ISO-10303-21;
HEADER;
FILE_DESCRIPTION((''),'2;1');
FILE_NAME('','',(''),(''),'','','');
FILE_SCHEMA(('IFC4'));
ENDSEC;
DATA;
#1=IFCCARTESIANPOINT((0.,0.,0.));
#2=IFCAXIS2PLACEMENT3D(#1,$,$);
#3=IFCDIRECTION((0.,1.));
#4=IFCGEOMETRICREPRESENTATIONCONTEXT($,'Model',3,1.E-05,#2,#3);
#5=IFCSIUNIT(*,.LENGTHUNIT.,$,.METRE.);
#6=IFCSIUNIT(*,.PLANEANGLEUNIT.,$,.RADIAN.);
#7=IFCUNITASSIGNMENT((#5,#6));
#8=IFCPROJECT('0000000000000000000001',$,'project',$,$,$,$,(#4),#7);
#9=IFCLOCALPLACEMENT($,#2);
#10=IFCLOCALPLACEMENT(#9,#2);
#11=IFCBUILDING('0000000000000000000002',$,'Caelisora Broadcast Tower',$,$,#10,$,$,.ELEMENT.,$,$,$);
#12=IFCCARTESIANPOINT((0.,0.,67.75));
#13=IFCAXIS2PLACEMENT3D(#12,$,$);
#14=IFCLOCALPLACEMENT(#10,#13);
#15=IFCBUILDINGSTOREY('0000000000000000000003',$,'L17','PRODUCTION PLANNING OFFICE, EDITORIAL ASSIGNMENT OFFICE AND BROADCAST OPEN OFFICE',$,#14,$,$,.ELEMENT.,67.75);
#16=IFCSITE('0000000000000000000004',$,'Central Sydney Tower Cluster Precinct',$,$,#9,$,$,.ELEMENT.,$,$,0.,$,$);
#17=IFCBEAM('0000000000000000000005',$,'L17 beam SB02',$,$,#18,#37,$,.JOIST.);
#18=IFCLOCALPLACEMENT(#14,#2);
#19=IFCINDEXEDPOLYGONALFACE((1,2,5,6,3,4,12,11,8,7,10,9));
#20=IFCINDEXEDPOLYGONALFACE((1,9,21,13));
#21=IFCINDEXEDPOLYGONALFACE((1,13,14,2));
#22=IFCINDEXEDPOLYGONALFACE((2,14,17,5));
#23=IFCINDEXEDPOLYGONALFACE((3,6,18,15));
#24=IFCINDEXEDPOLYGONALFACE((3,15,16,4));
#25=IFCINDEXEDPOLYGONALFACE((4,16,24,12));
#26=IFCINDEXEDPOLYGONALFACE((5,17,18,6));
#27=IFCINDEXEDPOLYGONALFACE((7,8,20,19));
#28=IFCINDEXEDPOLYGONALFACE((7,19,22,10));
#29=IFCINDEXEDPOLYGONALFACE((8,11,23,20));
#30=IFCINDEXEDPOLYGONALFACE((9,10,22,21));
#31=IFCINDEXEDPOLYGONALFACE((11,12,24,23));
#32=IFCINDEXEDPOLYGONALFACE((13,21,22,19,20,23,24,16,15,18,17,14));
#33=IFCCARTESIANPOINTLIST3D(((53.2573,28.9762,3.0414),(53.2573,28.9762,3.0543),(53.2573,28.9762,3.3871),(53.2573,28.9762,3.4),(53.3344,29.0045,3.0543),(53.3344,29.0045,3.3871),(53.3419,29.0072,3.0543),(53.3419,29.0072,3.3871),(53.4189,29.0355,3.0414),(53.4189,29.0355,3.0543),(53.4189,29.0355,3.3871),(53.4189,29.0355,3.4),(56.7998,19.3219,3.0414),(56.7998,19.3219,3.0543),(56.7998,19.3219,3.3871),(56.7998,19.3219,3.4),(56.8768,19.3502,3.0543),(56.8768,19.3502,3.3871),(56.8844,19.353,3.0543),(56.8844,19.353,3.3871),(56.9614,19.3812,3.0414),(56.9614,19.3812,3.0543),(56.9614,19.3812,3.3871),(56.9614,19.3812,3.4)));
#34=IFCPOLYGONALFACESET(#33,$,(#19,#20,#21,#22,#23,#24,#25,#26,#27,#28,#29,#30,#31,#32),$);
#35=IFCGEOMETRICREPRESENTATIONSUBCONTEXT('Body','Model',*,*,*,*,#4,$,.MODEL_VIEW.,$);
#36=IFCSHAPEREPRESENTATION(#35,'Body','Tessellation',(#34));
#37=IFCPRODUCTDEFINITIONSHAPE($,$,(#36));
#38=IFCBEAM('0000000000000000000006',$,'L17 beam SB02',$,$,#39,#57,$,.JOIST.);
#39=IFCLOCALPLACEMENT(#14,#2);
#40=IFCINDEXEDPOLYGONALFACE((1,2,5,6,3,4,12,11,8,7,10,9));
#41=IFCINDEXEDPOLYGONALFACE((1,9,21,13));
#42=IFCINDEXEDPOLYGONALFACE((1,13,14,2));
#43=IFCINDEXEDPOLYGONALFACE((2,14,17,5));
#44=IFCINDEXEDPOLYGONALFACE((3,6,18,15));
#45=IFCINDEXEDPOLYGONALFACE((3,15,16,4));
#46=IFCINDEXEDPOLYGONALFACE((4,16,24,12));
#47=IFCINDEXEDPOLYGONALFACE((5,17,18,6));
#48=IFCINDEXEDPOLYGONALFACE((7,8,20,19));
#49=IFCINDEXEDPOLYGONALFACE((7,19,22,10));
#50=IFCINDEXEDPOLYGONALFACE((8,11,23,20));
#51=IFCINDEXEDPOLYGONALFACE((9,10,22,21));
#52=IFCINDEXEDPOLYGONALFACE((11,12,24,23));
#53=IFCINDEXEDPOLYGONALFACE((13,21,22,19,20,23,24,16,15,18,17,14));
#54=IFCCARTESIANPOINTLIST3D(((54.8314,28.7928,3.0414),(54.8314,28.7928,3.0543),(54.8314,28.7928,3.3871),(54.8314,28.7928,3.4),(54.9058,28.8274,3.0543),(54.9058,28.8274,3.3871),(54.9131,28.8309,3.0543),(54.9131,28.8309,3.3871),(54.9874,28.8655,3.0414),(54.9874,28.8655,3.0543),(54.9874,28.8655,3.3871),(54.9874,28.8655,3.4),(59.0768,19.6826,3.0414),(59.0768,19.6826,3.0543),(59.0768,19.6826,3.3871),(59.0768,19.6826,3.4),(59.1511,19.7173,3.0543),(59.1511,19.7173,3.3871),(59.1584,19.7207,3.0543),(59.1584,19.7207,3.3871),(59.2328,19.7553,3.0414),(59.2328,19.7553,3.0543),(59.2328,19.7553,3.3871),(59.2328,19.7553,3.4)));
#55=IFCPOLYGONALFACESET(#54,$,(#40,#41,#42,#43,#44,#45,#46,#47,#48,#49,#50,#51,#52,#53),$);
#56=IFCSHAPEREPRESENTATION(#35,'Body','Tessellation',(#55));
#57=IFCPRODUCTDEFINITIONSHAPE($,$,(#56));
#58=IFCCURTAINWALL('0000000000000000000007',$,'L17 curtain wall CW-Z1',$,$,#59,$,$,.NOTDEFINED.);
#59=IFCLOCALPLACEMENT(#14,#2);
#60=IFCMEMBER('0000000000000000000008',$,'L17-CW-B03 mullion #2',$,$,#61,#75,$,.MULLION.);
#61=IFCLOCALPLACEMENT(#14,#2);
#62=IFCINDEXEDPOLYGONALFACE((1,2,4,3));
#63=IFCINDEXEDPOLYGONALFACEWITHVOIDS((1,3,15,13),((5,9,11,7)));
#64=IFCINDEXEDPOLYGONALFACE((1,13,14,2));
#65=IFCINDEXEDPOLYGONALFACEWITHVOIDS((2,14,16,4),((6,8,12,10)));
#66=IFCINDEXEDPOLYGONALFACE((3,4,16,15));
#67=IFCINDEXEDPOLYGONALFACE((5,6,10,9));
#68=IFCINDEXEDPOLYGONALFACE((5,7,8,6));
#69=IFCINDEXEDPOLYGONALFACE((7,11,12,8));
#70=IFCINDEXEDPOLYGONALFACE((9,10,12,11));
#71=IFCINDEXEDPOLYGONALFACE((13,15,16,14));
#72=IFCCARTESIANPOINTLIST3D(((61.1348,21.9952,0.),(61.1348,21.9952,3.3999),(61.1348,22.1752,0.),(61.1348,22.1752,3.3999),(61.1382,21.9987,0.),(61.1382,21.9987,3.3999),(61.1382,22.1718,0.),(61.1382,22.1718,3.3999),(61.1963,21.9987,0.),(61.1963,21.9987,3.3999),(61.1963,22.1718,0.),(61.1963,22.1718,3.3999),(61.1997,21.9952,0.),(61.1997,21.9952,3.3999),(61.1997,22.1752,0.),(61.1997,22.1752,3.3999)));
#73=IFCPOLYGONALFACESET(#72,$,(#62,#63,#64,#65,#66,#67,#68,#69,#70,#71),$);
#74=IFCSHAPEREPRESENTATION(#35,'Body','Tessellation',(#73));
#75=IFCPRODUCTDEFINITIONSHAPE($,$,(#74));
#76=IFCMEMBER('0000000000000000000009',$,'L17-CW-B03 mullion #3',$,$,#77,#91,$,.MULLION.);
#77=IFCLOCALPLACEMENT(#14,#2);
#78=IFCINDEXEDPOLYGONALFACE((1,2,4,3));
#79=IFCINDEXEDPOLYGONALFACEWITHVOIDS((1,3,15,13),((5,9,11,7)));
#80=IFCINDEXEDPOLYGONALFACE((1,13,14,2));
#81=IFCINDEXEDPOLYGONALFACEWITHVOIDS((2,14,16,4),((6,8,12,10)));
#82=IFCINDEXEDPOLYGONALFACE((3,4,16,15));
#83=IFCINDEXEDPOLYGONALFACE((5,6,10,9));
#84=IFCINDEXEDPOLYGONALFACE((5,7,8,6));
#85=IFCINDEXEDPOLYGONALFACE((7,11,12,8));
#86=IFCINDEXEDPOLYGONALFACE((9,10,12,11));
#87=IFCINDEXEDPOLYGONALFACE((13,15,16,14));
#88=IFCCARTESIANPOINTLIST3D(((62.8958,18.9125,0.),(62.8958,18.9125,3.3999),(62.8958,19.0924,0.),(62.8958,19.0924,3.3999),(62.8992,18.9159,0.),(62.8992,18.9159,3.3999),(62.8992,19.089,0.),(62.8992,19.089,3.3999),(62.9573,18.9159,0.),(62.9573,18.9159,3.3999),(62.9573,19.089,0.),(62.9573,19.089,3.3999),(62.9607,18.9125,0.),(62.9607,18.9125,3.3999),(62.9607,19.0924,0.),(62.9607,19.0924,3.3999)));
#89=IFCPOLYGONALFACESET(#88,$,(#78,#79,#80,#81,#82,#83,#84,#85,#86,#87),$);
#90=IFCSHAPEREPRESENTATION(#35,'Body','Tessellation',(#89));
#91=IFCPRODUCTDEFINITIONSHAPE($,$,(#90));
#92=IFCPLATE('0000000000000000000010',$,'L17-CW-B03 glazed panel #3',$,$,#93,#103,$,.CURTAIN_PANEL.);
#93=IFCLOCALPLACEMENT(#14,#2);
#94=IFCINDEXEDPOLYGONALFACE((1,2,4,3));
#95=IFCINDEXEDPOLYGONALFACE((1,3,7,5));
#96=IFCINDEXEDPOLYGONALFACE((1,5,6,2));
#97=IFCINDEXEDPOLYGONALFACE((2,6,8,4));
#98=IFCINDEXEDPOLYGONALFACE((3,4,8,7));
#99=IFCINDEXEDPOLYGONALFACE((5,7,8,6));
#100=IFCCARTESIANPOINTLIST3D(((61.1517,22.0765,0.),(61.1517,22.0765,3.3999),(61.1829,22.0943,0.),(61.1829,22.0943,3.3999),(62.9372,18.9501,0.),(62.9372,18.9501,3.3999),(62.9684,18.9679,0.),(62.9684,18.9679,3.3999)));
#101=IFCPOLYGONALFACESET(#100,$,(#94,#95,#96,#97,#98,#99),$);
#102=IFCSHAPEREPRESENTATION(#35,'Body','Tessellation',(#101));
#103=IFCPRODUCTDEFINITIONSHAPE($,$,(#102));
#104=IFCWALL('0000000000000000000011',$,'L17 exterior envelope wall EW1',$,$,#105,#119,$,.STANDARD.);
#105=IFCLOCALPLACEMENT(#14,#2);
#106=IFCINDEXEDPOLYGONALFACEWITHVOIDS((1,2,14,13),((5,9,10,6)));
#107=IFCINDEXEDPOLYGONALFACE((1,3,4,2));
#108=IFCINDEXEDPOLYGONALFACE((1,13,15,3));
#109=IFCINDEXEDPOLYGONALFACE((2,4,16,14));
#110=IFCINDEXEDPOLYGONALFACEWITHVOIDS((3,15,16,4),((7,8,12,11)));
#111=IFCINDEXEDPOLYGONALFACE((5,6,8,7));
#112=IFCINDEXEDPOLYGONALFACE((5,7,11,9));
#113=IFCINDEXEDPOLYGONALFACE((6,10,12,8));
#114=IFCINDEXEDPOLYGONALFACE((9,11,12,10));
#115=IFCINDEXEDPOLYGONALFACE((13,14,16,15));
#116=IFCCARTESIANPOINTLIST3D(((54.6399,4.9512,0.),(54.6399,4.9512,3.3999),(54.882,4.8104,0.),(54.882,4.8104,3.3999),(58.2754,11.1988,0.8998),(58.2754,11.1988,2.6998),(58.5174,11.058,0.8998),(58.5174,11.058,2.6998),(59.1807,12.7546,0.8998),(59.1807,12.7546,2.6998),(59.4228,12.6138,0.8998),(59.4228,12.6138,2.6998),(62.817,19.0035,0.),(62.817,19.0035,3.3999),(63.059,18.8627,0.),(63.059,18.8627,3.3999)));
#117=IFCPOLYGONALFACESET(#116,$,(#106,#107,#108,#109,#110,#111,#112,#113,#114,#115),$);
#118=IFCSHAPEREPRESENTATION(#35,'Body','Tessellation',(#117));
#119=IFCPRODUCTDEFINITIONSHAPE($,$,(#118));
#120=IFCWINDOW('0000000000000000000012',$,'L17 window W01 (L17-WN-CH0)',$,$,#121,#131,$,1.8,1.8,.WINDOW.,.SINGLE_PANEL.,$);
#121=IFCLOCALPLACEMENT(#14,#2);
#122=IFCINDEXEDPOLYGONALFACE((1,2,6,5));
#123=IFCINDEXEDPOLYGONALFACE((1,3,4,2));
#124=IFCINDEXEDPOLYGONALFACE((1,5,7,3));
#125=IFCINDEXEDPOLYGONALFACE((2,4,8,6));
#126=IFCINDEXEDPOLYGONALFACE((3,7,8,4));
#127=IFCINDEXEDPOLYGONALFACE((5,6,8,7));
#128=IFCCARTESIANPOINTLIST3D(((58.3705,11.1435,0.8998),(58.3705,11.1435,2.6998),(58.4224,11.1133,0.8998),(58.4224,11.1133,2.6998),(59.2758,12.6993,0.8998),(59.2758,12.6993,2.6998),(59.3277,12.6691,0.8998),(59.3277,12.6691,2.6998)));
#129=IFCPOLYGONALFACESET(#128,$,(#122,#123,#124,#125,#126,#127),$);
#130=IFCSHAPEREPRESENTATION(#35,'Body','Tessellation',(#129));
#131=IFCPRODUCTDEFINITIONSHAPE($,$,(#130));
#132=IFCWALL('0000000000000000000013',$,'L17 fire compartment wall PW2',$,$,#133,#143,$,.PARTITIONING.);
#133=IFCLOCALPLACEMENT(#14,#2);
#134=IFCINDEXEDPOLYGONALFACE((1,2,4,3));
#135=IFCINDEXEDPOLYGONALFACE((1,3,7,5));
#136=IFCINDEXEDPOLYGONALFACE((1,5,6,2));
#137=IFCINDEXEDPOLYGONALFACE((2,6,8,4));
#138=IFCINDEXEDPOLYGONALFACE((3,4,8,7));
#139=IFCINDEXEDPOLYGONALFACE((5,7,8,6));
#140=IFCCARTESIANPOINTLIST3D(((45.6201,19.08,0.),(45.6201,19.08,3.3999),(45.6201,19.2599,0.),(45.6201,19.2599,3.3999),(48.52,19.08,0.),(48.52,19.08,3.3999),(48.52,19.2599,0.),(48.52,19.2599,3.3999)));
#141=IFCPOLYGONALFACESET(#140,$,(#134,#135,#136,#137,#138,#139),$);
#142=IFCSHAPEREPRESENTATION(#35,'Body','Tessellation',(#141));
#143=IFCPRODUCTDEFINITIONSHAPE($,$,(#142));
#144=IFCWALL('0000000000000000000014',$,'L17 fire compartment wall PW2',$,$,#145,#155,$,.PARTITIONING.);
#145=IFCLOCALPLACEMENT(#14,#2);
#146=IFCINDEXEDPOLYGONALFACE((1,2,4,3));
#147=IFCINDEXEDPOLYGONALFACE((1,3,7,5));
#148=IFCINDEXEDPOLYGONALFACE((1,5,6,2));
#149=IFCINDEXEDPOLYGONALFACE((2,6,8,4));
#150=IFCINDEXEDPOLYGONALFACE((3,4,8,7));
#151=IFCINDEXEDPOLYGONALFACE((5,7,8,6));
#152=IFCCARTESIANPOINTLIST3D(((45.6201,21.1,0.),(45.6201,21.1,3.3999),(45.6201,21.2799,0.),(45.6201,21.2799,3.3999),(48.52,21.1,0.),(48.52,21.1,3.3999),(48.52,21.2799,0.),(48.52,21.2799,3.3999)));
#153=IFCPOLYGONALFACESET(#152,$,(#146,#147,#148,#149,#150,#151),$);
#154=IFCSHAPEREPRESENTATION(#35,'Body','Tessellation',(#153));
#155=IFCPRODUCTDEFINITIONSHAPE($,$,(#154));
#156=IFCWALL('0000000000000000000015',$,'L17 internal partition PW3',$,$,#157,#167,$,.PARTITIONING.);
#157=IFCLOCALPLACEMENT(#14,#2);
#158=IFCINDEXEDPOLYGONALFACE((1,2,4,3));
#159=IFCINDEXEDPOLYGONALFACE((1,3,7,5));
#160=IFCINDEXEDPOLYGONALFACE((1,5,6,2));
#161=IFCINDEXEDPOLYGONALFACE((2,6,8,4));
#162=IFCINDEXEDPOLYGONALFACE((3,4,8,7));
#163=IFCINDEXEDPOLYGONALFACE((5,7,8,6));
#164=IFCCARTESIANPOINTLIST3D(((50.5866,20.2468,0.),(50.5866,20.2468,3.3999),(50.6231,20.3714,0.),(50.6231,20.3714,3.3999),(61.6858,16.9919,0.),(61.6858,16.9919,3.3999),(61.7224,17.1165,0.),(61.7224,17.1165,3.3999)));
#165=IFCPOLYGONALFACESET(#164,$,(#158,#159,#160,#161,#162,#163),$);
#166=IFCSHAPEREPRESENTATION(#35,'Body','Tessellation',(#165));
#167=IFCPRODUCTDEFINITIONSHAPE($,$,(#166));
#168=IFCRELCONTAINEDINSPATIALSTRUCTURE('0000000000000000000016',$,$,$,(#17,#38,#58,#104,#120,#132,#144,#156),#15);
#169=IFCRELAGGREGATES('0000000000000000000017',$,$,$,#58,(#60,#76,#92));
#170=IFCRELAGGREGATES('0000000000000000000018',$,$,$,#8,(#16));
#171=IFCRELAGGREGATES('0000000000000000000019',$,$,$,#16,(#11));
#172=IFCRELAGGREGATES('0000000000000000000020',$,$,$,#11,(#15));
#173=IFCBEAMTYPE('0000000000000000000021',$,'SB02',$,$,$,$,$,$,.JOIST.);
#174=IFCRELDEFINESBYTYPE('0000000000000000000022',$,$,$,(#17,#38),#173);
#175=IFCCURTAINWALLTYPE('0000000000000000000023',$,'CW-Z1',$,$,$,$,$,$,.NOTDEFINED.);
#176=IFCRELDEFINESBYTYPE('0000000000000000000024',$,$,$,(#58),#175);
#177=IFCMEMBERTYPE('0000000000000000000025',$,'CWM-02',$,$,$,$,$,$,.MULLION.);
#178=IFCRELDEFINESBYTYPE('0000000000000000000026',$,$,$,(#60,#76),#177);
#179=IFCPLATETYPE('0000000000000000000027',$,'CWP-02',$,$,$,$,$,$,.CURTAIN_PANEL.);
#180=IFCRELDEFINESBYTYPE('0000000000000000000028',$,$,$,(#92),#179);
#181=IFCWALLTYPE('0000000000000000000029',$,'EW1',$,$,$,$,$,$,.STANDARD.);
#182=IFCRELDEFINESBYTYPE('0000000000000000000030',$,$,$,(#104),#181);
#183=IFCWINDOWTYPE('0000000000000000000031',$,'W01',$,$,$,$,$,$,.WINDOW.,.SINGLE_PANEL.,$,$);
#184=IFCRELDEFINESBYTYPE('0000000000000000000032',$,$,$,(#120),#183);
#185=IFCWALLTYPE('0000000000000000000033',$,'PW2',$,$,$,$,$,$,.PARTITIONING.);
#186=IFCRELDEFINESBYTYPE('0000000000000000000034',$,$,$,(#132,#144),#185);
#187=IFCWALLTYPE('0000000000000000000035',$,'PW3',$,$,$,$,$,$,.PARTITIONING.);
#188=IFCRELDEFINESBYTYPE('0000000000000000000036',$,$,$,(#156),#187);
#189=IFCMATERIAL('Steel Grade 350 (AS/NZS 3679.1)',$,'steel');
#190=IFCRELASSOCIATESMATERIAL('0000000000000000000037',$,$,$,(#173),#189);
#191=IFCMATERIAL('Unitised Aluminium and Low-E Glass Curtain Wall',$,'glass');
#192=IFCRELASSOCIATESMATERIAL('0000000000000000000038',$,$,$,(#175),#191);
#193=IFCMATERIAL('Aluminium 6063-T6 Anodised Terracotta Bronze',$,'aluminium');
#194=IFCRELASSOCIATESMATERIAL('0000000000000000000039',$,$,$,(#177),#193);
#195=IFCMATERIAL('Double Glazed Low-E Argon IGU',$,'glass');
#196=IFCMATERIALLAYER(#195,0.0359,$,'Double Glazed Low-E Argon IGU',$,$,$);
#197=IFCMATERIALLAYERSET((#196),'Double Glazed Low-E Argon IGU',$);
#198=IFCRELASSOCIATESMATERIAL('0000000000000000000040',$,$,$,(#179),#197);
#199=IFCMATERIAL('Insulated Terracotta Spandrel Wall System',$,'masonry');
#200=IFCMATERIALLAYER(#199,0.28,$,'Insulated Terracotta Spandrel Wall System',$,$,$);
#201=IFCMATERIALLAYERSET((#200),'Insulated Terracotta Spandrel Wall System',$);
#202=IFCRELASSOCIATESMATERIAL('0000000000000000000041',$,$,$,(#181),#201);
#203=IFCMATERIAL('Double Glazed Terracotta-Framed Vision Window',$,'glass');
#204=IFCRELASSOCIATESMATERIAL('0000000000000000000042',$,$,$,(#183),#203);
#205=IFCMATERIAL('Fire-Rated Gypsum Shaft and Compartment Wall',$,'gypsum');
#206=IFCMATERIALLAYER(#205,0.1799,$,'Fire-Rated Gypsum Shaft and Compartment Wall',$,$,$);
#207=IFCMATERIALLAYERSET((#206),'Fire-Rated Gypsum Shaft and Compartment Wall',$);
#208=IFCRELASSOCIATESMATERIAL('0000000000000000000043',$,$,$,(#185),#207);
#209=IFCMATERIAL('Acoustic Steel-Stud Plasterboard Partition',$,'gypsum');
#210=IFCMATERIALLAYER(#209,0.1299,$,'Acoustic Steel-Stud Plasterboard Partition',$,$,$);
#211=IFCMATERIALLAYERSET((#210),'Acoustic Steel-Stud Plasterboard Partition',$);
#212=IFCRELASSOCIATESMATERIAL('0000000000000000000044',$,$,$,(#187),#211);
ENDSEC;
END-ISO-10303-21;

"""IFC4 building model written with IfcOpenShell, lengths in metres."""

from ifc_helpers import new_model, si_unit, direction, frame, frame_2d, origin, origin_2d, place, context, subcontext, project, spatial, rectangle, hollow_rectangle, i_section, extrude, source, transform, mapped, material, layer, layer_set, material_profile, profile_set, type_object, type_shapes, element, fill, aggregate, save


model = new_model("IFC4")

# Units and contexts
model_context = context("Model", 3, precision=1e-05, world=origin(), true_north=direction((0.0, 1.0)))
body_context = subcontext(model_context, "Body", "Model", "MODEL_VIEW")
ifc_project = project(units=[si_unit("LENGTHUNIT", "METRE"), si_unit("PLANEANGLEUNIT", "RADIAN")], contexts=[model_context])

# Site, building, storey
site_placement = place(None, origin())
site = spatial("IfcSite", under=ifc_project, at=site_placement, Name="Central Sydney Tower Cluster Precinct", CompositionType="ELEMENT", RefElevation=0.0)
building_placement = place(site_placement, origin())
building = spatial("IfcBuilding", under=site, at=building_placement, Name="Caelisora Broadcast Tower", CompositionType="ELEMENT")
storey_placement = place(building_placement, frame((0.0, 0.0, 67.75)))
storey = spatial("IfcBuildingStorey", under=building, at=storey_placement, Name="L17", Description="PRODUCTION PLANNING OFFICE, EDITORIAL ASSIGNMENT OFFICE AND BROADCAST OPEN OFFICE", CompositionType="ELEMENT", Elevation=67.75)

# Beams
ifc_material_1 = material(Name="Steel Grade 350 (AS/NZS 3679.1)", Category="steel")
ifc_material_profile_1 = material_profile(ifc_material_1, i_section(OverallWidth=0.1721, OverallDepth=0.3586, WebThickness=0.0081, FlangeThickness=0.0129, at=origin_2d()), Name="Steel Grade 350 (AS/NZS 3679.1)")
ifc_profile_set_1 = profile_set([ifc_material_profile_1], Name="Steel Grade 350 (AS/NZS 3679.1)")
beam_type_1 = type_object("IfcBeamType", Name="SB02", PredefinedType="JOIST", material=ifc_profile_set_1)
shared_shape_1 = source(origin(), body_context, "Body", "SweptSolid", [
    extrude(i_section(OverallWidth=0.1721, OverallDepth=0.3586, WebThickness=0.0081, FlangeThickness=0.0129, at=origin_2d()), origin(), (0.0, 0.0, 1.0), 10.2837),
])
beam_1_placement = place(storey_placement, frame((56.8806, 19.3516, 3.2207), z_axis=(-0.344475, 0.938795, 0.0), x_axis=(-0.938795, -0.344475, 0.0)))
element("IfcBeam", 1, at=beam_1_placement, inside=storey, type_object=beam_type_1, Name="L17 beam SB02", PredefinedType="JOIST", context=body_context, shape_type="MappedRepresentation", body=[
    mapped(shared_shape_1, transform((0.0, 0.0, 0.0), scale=1.0)),
])
shared_shape_2 = source(origin(), body_context, "Body", "SweptSolid", [
    extrude(i_section(OverallWidth=0.1721, OverallDepth=0.3586, WebThickness=0.0081, FlangeThickness=0.0129, at=origin_2d()), origin(), (0.0, 0.0, 1.0), 10.0508),
])
beam_2_placement = place(storey_placement, frame((59.1548, 19.719, 3.2207), z_axis=(-0.422393, 0.906413, 0.0), x_axis=(-0.906413, -0.422393, 0.0)))
element("IfcBeam", 2, at=beam_2_placement, inside=storey, type_object=beam_type_1, Name="L17 beam SB02", PredefinedType="JOIST", context=body_context, shape_type="MappedRepresentation", body=[
    mapped(shared_shape_2, transform((0.0, 0.0, 0.0), scale=1.0)),
])

# Curtain wall, members, plate
ifc_material_2 = material(Name="Unitised Aluminium and Low-E Glass Curtain Wall", Category="glass")
curtain_wall_type = type_object("IfcCurtainWallType", Name="CW-Z1", PredefinedType="NOTDEFINED", material=ifc_material_2)
curtain_wall_placement = place(storey_placement, origin())
curtain_wall = element("IfcCurtainWall", 3, at=curtain_wall_placement, inside=storey, type_object=curtain_wall_type, Name="L17 curtain wall CW-Z1", PredefinedType="NOTDEFINED")
ifc_material_3 = material(Name="Aluminium 6063-T6 Anodised Terracotta Bronze", Category="aluminium")
ifc_material_profile_2 = material_profile(ifc_material_3, hollow_rectangle(XDim=0.0649, YDim=0.1799, WallThickness=0.0034, at=origin_2d()), Name="Aluminium 6063-T6 Anodised Terracotta Bronze")
ifc_profile_set_2 = profile_set([ifc_material_profile_2], Name="Aluminium 6063-T6 Anodised Terracotta Bronze")
member_type = type_object("IfcMemberType", Name="CWM-02", PredefinedType="MULLION", material=ifc_profile_set_2)
shared_shape_3 = source(origin(), body_context, "Body", "SweptSolid", [
    extrude(hollow_rectangle(XDim=0.0649, YDim=0.1799, WallThickness=0.0034, at=origin_2d()), origin(), (0.0, 0.0, 1.0), 3.3999),
])
type_shapes(member_type, [shared_shape_3])
member_1_placement = place(storey_placement, frame((61.1672, 22.0852, 0.0), z_axis=(0.0, 0.0, 1.0), x_axis=(1.0, 0.0, 0.0)))
member_1 = element("IfcMember", 4, at=member_1_placement, type_object=member_type, Name="L17-CW-B03 mullion #2", PredefinedType="MULLION", context=body_context, shape_type="MappedRepresentation", body=[
    mapped(shared_shape_3, transform((0.0, 0.0, 0.0), scale=1.0)),
])
member_2_placement = place(storey_placement, frame((62.9282, 19.0024, 0.0), z_axis=(0.0, 0.0, 1.0), x_axis=(1.0, 0.0, 0.0)))
member_2 = element("IfcMember", 5, at=member_2_placement, type_object=member_type, Name="L17-CW-B03 mullion #3", PredefinedType="MULLION", context=body_context, shape_type="MappedRepresentation", body=[
    mapped(shared_shape_3, transform((0.0, 0.0, 0.0), scale=1.0)),
])
ifc_material_4 = material(Name="Double Glazed Low-E Argon IGU", Category="glass")
ifc_layer_1 = layer(ifc_material_4, 0.0359, Name="Double Glazed Low-E Argon IGU")
ifc_layer_set_1 = layer_set([ifc_layer_1], Name="Double Glazed Low-E Argon IGU")
plate_type = type_object("IfcPlateType", Name="CWP-02", PredefinedType="CURTAIN_PANEL", material=ifc_layer_set_1)
shared_shape_4 = source(origin(), body_context, "Body", "SweptSolid", [
    extrude(rectangle(XDim=3.6003, YDim=0.0359, at=origin_2d()), origin(), (0.0, 0.0, 1.0), 3.3999),
])
type_shapes(plate_type, [shared_shape_4])
plate_placement = place(storey_placement, frame((62.0601, 20.5222, 0.0), z_axis=(0.0, 0.0, 1.0), x_axis=(0.495913, -0.868372, 0.0)))
plate = element("IfcPlate", 6, at=plate_placement, type_object=plate_type, Name="L17-CW-B03 glazed panel #3", PredefinedType="CURTAIN_PANEL", context=body_context, shape_type="MappedRepresentation", body=[
    mapped(shared_shape_4, transform((0.0, 0.0, 0.0), scale=1.0)),
])
aggregate(curtain_wall, [member_1, member_2, plate])

# Wall, opening, window
ifc_material_5 = material(Name="Insulated Terracotta Spandrel Wall System", Category="masonry")
ifc_layer_2 = layer(ifc_material_5, 0.28, Name="Insulated Terracotta Spandrel Wall System")
ifc_layer_set_2 = layer_set([ifc_layer_2], Name="Insulated Terracotta Spandrel Wall System")
wall_type_1 = type_object("IfcWallType", Name="EW1", PredefinedType="STANDARD", material=ifc_layer_set_2)
wall_1_placement = place(storey_placement, frame((62.938, 18.9331, 0.0), z_axis=(0.0, 0.0, 1.0), x_axis=(-0.502946, -0.864318, 0.0)))
wall_1 = element("IfcWall", 7, at=wall_1_placement, inside=storey, type_object=wall_type_1, Name="L17 exterior envelope wall EW1", PredefinedType="STANDARD", context=body_context, shape_type="SweptSolid", body=[
    extrude(rectangle(XDim=16.2583, YDim=0.28, at=frame_2d((8.1292, 0.0))), origin(), (0.0, 0.0, 1.0), 3.3999),
])
opening_1_placement = place(wall_1_placement, frame((7.23, 0.0, 0.8999)))
opening_1 = element("IfcOpeningElement", 8, at=opening_1_placement, cuts=wall_1, PredefinedType="OPENING", context=body_context, shape_type="SweptSolid", body=[
    extrude(rectangle(XDim=1.8, YDim=1.8, at=frame_2d((0.8999, 0.8999))), frame((0.0, 0.1521, 0.0), z_axis=(0.0, -1.0, 0.0), x_axis=(1.0, 0.0, 0.0)), (0.0, 0.0, 1.0), 0.304),
])
ifc_material_6 = material(Name="Double Glazed Terracotta-Framed Vision Window", Category="glass")
window_type = type_object("IfcWindowType", Name="W01", PartitioningType="SINGLE_PANEL", PredefinedType="WINDOW", material=ifc_material_6)
window_placement = place(opening_1_placement, origin())
window = element("IfcWindow", 9, at=window_placement, inside=storey, type_object=window_type, Name="L17 window W01 (L17-WN-CH0)", OverallHeight=1.8, OverallWidth=1.8, PartitioningType="SINGLE_PANEL", PredefinedType="WINDOW", context=body_context, shape_type="SweptSolid", body=[
    extrude(rectangle(XDim=1.8, YDim=1.8, at=frame_2d((0.8999, 0.8999))), frame((0.0, 0.03, 0.0), z_axis=(0.0, -1.0, 0.0), x_axis=(1.0, 0.0, 0.0)), (0.0, 0.0, 1.0), 0.0601),
])
fill(opening_1, window)

# Walls
ifc_material_7 = material(Name="Fire-Rated Gypsum Shaft and Compartment Wall", Category="gypsum")
ifc_layer_3 = layer(ifc_material_7, 0.1799, Name="Fire-Rated Gypsum Shaft and Compartment Wall")
ifc_layer_set_3 = layer_set([ifc_layer_3], Name="Fire-Rated Gypsum Shaft and Compartment Wall")
wall_type_2 = type_object("IfcWallType", Name="PW2", PredefinedType="PARTITIONING", material=ifc_layer_set_3)
for number, where, z_axis, x_axis, name in (
    (10, (45.6201, 19.1699, 0.0), (0.0, 0.0, 1.0), (1.0, 0.0, 0.0), "L17 fire compartment wall PW2"),
    (11, (45.6201, 21.1899, 0.0), (0.0, 0.0, 1.0), (1.0, 0.0, 0.0), "L17 fire compartment wall PW2"),
):
    element("IfcWall", number, at=place(storey_placement, frame(where, z_axis=z_axis, x_axis=x_axis)), inside=storey, type_object=wall_type_2, Name=name, PredefinedType="PARTITIONING", context=body_context, shape_type="SweptSolid", body=[
        extrude(rectangle(XDim=2.8999, YDim=0.1799, at=frame_2d((1.45, 0.0))), origin(), (0.0, 0.0, 1.0), 3.3999),
    ])
ifc_material_8 = material(Name="Acoustic Steel-Stud Plasterboard Partition", Category="gypsum")
ifc_layer_4 = layer(ifc_material_8, 0.1299, Name="Acoustic Steel-Stud Plasterboard Partition")
ifc_layer_set_4 = layer_set([ifc_layer_4], Name="Acoustic Steel-Stud Plasterboard Partition")
wall_type_3 = type_object("IfcWallType", Name="PW3", PredefinedType="PARTITIONING", material=ifc_layer_set_4)
wall_2_placement = place(storey_placement, frame((50.605, 20.3091, 0.0), z_axis=(0.0, 0.0, 1.0), x_axis=(0.959589, -0.281405, 0.0)))
element("IfcWall", 12, at=wall_2_placement, inside=storey, type_object=wall_type_3, Name="L17 internal partition PW3", PredefinedType="PARTITIONING", context=body_context, shape_type="SweptSolid", body=[
    extrude(rectangle(XDim=11.5667, YDim=0.1299, at=frame_2d((5.7832, 0.0))), origin(), (0.0, 0.0, 1.0), 3.3999),
])

save(model, "model.ifc")
